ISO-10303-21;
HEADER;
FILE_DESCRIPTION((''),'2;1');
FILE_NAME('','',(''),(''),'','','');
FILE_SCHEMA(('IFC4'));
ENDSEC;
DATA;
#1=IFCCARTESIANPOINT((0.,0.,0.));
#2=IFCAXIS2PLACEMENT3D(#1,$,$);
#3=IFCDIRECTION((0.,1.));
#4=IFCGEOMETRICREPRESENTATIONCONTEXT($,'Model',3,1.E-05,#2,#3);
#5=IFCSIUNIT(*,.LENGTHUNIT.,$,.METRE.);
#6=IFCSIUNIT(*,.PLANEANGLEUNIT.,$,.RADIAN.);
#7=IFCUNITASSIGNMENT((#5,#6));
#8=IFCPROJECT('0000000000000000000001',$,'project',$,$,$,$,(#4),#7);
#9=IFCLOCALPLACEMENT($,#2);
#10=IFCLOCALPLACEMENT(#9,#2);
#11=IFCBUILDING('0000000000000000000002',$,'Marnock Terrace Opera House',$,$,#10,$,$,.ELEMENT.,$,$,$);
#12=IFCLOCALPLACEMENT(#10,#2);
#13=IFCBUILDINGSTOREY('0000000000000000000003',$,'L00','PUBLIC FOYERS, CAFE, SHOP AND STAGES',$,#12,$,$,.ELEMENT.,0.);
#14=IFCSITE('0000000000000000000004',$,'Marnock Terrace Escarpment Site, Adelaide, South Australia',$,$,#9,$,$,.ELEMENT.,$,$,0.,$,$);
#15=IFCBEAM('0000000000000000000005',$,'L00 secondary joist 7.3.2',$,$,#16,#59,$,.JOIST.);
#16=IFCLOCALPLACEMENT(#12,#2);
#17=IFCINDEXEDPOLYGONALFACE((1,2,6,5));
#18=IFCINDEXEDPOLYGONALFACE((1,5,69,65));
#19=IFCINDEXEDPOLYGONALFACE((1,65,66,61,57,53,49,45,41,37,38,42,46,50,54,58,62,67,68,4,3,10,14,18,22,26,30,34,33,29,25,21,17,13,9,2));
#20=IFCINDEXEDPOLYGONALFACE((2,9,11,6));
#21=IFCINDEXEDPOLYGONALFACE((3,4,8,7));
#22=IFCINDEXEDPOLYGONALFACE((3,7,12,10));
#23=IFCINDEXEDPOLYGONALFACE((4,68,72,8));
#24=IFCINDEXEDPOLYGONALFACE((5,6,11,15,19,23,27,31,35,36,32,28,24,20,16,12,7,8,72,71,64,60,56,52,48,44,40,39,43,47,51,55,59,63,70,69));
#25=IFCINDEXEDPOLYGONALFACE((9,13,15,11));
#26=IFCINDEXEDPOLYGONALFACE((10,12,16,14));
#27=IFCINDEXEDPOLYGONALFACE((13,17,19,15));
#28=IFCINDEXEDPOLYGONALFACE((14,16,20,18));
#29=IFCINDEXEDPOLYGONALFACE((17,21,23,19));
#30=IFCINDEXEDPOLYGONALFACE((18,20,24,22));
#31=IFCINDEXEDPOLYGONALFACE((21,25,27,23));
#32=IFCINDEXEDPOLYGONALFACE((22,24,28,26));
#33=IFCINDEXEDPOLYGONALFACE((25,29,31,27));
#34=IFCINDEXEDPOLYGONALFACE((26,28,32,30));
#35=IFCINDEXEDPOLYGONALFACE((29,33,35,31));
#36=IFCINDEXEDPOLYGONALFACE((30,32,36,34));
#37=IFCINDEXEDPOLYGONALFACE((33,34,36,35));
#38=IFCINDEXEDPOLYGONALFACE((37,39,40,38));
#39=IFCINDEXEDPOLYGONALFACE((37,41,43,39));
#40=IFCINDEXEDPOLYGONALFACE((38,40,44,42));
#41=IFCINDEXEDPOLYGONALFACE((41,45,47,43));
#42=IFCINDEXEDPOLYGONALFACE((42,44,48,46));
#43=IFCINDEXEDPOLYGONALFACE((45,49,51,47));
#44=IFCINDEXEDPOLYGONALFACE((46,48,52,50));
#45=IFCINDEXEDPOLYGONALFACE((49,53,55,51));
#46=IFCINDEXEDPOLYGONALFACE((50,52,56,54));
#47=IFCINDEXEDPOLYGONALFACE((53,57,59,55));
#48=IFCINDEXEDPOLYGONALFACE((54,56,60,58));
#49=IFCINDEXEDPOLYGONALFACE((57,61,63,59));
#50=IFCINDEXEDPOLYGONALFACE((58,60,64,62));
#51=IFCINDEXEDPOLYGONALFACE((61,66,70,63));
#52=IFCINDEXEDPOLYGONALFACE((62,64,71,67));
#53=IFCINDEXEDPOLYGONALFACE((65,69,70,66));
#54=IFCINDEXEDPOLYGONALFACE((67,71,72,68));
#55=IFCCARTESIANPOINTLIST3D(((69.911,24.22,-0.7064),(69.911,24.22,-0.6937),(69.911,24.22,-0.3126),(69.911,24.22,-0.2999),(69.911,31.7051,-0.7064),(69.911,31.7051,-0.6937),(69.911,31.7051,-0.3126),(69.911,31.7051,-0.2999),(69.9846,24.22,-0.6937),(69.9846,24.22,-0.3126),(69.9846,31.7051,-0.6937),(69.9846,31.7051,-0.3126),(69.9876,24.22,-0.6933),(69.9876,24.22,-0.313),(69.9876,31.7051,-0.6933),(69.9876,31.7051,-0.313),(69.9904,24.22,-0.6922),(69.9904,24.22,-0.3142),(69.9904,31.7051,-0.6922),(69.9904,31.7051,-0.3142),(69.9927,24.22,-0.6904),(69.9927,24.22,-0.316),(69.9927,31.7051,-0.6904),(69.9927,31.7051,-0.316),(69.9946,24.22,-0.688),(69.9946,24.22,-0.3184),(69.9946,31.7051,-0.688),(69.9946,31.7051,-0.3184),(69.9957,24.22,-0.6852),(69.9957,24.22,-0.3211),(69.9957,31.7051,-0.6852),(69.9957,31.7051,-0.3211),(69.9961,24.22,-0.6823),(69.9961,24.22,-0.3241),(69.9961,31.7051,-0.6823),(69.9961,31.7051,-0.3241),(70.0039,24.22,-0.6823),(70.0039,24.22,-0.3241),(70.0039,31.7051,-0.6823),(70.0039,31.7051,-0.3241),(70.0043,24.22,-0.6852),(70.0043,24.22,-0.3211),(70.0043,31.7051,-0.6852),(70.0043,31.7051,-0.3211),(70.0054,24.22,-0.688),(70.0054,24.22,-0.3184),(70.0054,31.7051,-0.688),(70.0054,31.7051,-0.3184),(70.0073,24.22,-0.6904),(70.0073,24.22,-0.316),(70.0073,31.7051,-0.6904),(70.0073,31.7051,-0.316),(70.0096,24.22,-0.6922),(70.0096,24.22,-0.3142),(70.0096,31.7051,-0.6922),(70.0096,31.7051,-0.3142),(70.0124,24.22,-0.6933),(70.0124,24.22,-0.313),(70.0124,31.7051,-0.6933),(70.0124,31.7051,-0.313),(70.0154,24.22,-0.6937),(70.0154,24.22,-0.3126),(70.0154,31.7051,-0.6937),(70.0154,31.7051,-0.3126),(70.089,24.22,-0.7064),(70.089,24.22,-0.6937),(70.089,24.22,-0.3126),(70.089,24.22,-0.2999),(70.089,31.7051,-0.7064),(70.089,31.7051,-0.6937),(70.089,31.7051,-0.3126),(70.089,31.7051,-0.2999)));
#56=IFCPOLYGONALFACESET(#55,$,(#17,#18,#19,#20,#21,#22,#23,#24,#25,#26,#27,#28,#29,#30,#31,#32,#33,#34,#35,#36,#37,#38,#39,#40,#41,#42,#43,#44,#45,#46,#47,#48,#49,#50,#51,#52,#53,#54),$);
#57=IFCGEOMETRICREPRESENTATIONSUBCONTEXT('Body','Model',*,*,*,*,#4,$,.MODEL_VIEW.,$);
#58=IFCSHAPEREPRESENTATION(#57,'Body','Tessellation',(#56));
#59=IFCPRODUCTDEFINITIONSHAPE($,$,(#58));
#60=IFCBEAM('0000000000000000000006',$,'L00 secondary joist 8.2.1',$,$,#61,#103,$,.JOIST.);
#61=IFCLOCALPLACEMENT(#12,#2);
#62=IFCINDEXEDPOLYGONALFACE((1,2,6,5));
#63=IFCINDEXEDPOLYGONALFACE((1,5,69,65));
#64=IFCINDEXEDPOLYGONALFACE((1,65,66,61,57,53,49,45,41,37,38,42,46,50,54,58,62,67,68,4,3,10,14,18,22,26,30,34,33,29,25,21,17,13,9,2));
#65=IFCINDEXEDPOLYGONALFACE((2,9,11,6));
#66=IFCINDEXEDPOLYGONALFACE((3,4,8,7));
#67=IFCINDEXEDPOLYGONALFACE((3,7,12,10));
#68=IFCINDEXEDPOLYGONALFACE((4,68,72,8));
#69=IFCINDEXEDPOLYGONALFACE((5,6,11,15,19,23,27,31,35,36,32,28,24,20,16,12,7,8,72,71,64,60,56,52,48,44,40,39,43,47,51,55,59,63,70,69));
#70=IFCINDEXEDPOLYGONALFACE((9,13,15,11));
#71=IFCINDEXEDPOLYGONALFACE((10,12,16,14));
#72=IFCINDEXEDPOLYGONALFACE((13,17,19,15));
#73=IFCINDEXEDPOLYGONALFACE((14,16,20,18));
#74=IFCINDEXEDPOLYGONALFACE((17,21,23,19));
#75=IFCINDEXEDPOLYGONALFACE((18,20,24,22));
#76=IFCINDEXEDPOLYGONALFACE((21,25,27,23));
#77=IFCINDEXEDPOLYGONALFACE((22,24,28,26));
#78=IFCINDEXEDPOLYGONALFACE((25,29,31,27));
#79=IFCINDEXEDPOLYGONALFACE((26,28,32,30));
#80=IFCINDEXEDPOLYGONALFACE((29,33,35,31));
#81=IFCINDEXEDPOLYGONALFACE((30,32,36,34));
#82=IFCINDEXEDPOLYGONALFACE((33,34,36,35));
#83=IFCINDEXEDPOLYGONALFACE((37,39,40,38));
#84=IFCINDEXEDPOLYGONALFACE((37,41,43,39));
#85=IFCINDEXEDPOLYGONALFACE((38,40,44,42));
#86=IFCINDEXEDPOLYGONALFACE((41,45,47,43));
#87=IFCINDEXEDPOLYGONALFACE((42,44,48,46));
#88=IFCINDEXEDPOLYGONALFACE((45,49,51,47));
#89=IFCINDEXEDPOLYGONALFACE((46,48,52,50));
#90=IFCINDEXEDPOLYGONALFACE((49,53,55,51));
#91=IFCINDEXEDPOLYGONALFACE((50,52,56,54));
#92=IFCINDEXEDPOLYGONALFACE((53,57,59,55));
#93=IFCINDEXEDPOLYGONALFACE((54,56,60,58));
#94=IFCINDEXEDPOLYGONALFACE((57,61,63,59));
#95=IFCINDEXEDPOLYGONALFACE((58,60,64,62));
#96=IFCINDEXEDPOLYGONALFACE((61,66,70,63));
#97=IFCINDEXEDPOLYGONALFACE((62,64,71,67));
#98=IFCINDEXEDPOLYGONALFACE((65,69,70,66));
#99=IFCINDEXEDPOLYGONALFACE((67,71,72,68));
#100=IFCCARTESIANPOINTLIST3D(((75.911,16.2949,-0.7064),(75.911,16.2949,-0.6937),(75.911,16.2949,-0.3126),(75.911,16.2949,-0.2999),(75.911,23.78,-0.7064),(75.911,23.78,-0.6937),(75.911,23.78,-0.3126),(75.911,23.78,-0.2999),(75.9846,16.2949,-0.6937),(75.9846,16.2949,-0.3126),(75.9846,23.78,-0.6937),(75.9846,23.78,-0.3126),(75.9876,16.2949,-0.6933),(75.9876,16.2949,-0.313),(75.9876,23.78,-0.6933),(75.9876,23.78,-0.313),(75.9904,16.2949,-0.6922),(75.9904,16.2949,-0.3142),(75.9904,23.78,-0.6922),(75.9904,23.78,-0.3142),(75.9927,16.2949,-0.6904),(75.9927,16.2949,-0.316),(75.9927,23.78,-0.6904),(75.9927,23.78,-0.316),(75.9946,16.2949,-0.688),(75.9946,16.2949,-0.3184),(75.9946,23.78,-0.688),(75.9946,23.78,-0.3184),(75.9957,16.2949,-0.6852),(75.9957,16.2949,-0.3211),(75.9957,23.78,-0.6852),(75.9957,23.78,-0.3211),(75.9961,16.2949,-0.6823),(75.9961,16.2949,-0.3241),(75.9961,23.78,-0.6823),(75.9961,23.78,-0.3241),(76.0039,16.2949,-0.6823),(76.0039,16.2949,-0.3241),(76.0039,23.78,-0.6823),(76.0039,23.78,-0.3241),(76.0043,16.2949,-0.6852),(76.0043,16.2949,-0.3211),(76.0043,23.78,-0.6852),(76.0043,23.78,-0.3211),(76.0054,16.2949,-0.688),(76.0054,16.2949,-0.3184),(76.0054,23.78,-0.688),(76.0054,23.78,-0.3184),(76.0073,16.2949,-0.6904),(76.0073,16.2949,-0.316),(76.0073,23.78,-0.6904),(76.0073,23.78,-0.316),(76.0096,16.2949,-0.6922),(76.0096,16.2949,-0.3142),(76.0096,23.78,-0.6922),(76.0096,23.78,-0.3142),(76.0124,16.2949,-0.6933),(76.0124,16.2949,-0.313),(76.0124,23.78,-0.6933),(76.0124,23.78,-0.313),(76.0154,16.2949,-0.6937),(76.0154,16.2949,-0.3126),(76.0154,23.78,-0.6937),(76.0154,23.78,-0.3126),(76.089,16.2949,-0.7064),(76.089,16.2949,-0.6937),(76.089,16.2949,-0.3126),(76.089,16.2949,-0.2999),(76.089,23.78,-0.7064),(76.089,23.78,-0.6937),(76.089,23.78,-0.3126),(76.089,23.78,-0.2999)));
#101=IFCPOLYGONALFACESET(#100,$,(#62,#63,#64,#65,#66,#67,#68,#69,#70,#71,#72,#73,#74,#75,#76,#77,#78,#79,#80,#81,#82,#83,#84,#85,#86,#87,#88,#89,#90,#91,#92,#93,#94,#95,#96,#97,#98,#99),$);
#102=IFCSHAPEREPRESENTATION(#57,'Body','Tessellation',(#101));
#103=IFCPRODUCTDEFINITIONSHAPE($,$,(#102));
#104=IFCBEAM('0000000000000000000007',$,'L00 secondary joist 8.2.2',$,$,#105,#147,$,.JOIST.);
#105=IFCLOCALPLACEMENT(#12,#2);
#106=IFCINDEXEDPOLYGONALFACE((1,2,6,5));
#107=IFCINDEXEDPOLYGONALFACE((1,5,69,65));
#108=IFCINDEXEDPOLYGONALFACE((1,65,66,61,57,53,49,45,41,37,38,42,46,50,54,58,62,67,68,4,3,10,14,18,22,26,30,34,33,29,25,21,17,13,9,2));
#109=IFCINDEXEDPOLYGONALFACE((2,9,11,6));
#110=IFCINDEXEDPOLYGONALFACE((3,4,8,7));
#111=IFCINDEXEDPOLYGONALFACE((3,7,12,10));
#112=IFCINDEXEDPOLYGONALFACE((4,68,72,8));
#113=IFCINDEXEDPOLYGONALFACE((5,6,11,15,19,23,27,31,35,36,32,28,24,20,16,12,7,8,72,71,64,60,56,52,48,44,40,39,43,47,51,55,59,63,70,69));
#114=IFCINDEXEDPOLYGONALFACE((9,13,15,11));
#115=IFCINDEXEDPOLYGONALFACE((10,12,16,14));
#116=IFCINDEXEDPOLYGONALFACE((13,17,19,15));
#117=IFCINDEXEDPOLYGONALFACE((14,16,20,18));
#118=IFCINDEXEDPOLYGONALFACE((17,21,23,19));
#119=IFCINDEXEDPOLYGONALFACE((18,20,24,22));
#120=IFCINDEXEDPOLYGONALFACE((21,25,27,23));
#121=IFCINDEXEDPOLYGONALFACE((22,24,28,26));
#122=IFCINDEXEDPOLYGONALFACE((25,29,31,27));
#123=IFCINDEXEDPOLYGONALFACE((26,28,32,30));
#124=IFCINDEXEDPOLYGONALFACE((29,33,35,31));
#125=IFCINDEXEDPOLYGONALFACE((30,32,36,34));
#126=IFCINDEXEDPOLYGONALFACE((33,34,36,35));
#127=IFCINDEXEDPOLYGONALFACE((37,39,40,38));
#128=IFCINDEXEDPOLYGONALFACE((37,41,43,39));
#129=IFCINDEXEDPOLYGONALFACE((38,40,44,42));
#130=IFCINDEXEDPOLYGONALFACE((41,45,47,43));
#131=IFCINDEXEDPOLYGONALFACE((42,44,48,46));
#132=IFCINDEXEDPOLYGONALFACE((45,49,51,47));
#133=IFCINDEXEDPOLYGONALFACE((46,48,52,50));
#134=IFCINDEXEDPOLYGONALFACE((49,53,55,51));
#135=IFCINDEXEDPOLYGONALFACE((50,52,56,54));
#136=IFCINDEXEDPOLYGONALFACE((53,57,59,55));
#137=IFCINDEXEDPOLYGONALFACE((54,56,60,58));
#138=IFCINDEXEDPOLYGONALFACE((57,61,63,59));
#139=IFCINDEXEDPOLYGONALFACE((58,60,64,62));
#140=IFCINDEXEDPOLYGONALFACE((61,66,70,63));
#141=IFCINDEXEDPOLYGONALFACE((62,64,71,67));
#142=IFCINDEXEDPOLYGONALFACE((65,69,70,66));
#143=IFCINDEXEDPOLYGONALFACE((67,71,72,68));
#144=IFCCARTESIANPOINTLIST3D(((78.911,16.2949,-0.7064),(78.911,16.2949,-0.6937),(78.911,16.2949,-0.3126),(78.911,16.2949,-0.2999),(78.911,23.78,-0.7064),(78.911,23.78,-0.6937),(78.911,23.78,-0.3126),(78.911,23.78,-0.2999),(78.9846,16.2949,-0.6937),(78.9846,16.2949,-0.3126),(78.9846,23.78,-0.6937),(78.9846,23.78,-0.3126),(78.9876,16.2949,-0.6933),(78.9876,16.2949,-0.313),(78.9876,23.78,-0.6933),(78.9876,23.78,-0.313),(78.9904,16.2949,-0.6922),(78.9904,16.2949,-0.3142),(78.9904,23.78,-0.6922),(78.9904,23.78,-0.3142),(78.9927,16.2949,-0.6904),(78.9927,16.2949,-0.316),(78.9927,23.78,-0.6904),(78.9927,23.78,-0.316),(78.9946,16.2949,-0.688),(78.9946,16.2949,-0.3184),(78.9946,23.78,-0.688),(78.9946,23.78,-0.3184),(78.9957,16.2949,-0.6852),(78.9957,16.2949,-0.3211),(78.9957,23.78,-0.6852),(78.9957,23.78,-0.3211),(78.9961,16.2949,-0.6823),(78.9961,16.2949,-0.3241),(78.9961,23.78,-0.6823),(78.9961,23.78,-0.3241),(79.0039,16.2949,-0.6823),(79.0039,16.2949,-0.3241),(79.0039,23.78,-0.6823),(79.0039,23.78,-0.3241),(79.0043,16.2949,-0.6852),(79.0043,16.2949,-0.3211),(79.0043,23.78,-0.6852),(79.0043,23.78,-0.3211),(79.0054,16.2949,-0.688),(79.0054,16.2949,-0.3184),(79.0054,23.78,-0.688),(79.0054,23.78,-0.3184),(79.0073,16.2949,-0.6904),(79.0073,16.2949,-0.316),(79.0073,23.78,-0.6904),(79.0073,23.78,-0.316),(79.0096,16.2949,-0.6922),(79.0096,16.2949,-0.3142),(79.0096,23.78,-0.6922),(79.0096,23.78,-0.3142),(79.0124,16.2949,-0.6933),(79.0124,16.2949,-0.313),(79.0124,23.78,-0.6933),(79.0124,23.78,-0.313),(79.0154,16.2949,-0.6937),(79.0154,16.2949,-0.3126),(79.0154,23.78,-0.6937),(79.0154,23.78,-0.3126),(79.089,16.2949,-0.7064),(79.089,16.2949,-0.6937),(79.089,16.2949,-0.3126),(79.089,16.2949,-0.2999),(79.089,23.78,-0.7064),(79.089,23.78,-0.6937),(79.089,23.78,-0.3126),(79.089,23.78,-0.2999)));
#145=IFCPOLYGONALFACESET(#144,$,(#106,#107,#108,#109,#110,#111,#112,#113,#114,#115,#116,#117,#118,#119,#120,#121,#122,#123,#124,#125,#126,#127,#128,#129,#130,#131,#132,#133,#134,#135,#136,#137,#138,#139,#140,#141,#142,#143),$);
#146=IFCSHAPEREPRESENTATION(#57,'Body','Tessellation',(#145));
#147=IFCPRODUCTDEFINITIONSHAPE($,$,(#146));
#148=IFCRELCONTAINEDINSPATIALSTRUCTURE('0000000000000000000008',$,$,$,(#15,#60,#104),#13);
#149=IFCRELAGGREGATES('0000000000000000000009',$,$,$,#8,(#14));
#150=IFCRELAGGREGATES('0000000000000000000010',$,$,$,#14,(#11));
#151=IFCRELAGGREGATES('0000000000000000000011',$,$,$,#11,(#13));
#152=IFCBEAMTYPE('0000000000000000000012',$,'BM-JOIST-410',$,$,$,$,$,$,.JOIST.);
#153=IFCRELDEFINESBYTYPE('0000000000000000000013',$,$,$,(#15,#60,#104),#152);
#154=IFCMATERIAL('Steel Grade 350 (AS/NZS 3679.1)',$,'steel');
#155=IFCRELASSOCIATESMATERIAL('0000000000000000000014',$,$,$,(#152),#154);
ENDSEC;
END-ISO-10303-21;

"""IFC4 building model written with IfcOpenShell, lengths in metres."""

from ifc_helpers import new_model, si_unit, direction, frame, origin, origin_2d, place, context, subcontext, project, spatial, i_section, extrude, material, material_profile, profile_set, type_object, element, save


model = new_model("IFC4")

# Units and contexts
model_context = context("Model", 3, precision=1e-05, world=origin(), true_north=direction((0.0, 1.0)))
body_context = subcontext(model_context, "Body", "Model", "MODEL_VIEW")
ifc_project = project(units=[si_unit("LENGTHUNIT", "METRE"), si_unit("PLANEANGLEUNIT", "RADIAN")], contexts=[model_context])

# Site, building, storey
site_placement = place(None, origin())
site = spatial("IfcSite", under=ifc_project, at=site_placement, Name="Marnock Terrace Escarpment Site, Adelaide, South Australia", CompositionType="ELEMENT", RefElevation=0.0)
building_placement = place(site_placement, origin())
building = spatial("IfcBuilding", under=site, at=building_placement, Name="Marnock Terrace Opera House", CompositionType="ELEMENT")
storey_placement = place(building_placement, origin())
storey = spatial("IfcBuildingStorey", under=building, at=storey_placement, Name="L00", Description="PUBLIC FOYERS, CAFE, SHOP AND STAGES", CompositionType="ELEMENT", Elevation=0.0)

# Beams
ifc_material_1 = material(Name="Steel Grade 350 (AS/NZS 3679.1)", Category="steel")
ifc_material_profile_1 = material_profile(ifc_material_1, i_section(OverallWidth=0.178, OverallDepth=0.4065, WebThickness=0.0078, FlangeThickness=0.0127, FilletRadius=0.0115, at=origin_2d()))
ifc_profile_set_1 = profile_set([ifc_material_profile_1], Name="Steel Grade 350 (AS/NZS 3679.1)")
beam_type_1 = type_object("IfcBeamType", Name="BM-JOIST-410", PredefinedType="JOIST", material=ifc_profile_set_1)
for number, where, z_axis, x_axis, name in (
    (1, (70.0, 24.22, -0.5032), (0.0, 1.0, 0.0), (-1.0, 0.0, 0.0), "L00 secondary joist 7.3.2"),
    (2, (76.0, 16.2949, -0.5032), (0.0, 1.0, 0.0), (-1.0, 0.0, 0.0), "L00 secondary joist 8.2.1"),
    (3, (79.0, 16.2949, -0.5032), (0.0, 1.0, 0.0), (-1.0, 0.0, 0.0), "L00 secondary joist 8.2.2"),
):
    element("IfcBeam", number, at=place(storey_placement, frame(where, z_axis=z_axis, x_axis=x_axis)), inside=storey, type_object=beam_type_1, Name=name, PredefinedType="JOIST", context=body_context, shape_type="SweptSolid", body=[
        extrude(i_section(OverallWidth=0.178, OverallDepth=0.4065, WebThickness=0.0078, FlangeThickness=0.0127, FilletRadius=0.0115, at=origin_2d()), origin(), (0.0, 0.0, 1.0), 7.4851),
    ])

save(model, "model.ifc")
